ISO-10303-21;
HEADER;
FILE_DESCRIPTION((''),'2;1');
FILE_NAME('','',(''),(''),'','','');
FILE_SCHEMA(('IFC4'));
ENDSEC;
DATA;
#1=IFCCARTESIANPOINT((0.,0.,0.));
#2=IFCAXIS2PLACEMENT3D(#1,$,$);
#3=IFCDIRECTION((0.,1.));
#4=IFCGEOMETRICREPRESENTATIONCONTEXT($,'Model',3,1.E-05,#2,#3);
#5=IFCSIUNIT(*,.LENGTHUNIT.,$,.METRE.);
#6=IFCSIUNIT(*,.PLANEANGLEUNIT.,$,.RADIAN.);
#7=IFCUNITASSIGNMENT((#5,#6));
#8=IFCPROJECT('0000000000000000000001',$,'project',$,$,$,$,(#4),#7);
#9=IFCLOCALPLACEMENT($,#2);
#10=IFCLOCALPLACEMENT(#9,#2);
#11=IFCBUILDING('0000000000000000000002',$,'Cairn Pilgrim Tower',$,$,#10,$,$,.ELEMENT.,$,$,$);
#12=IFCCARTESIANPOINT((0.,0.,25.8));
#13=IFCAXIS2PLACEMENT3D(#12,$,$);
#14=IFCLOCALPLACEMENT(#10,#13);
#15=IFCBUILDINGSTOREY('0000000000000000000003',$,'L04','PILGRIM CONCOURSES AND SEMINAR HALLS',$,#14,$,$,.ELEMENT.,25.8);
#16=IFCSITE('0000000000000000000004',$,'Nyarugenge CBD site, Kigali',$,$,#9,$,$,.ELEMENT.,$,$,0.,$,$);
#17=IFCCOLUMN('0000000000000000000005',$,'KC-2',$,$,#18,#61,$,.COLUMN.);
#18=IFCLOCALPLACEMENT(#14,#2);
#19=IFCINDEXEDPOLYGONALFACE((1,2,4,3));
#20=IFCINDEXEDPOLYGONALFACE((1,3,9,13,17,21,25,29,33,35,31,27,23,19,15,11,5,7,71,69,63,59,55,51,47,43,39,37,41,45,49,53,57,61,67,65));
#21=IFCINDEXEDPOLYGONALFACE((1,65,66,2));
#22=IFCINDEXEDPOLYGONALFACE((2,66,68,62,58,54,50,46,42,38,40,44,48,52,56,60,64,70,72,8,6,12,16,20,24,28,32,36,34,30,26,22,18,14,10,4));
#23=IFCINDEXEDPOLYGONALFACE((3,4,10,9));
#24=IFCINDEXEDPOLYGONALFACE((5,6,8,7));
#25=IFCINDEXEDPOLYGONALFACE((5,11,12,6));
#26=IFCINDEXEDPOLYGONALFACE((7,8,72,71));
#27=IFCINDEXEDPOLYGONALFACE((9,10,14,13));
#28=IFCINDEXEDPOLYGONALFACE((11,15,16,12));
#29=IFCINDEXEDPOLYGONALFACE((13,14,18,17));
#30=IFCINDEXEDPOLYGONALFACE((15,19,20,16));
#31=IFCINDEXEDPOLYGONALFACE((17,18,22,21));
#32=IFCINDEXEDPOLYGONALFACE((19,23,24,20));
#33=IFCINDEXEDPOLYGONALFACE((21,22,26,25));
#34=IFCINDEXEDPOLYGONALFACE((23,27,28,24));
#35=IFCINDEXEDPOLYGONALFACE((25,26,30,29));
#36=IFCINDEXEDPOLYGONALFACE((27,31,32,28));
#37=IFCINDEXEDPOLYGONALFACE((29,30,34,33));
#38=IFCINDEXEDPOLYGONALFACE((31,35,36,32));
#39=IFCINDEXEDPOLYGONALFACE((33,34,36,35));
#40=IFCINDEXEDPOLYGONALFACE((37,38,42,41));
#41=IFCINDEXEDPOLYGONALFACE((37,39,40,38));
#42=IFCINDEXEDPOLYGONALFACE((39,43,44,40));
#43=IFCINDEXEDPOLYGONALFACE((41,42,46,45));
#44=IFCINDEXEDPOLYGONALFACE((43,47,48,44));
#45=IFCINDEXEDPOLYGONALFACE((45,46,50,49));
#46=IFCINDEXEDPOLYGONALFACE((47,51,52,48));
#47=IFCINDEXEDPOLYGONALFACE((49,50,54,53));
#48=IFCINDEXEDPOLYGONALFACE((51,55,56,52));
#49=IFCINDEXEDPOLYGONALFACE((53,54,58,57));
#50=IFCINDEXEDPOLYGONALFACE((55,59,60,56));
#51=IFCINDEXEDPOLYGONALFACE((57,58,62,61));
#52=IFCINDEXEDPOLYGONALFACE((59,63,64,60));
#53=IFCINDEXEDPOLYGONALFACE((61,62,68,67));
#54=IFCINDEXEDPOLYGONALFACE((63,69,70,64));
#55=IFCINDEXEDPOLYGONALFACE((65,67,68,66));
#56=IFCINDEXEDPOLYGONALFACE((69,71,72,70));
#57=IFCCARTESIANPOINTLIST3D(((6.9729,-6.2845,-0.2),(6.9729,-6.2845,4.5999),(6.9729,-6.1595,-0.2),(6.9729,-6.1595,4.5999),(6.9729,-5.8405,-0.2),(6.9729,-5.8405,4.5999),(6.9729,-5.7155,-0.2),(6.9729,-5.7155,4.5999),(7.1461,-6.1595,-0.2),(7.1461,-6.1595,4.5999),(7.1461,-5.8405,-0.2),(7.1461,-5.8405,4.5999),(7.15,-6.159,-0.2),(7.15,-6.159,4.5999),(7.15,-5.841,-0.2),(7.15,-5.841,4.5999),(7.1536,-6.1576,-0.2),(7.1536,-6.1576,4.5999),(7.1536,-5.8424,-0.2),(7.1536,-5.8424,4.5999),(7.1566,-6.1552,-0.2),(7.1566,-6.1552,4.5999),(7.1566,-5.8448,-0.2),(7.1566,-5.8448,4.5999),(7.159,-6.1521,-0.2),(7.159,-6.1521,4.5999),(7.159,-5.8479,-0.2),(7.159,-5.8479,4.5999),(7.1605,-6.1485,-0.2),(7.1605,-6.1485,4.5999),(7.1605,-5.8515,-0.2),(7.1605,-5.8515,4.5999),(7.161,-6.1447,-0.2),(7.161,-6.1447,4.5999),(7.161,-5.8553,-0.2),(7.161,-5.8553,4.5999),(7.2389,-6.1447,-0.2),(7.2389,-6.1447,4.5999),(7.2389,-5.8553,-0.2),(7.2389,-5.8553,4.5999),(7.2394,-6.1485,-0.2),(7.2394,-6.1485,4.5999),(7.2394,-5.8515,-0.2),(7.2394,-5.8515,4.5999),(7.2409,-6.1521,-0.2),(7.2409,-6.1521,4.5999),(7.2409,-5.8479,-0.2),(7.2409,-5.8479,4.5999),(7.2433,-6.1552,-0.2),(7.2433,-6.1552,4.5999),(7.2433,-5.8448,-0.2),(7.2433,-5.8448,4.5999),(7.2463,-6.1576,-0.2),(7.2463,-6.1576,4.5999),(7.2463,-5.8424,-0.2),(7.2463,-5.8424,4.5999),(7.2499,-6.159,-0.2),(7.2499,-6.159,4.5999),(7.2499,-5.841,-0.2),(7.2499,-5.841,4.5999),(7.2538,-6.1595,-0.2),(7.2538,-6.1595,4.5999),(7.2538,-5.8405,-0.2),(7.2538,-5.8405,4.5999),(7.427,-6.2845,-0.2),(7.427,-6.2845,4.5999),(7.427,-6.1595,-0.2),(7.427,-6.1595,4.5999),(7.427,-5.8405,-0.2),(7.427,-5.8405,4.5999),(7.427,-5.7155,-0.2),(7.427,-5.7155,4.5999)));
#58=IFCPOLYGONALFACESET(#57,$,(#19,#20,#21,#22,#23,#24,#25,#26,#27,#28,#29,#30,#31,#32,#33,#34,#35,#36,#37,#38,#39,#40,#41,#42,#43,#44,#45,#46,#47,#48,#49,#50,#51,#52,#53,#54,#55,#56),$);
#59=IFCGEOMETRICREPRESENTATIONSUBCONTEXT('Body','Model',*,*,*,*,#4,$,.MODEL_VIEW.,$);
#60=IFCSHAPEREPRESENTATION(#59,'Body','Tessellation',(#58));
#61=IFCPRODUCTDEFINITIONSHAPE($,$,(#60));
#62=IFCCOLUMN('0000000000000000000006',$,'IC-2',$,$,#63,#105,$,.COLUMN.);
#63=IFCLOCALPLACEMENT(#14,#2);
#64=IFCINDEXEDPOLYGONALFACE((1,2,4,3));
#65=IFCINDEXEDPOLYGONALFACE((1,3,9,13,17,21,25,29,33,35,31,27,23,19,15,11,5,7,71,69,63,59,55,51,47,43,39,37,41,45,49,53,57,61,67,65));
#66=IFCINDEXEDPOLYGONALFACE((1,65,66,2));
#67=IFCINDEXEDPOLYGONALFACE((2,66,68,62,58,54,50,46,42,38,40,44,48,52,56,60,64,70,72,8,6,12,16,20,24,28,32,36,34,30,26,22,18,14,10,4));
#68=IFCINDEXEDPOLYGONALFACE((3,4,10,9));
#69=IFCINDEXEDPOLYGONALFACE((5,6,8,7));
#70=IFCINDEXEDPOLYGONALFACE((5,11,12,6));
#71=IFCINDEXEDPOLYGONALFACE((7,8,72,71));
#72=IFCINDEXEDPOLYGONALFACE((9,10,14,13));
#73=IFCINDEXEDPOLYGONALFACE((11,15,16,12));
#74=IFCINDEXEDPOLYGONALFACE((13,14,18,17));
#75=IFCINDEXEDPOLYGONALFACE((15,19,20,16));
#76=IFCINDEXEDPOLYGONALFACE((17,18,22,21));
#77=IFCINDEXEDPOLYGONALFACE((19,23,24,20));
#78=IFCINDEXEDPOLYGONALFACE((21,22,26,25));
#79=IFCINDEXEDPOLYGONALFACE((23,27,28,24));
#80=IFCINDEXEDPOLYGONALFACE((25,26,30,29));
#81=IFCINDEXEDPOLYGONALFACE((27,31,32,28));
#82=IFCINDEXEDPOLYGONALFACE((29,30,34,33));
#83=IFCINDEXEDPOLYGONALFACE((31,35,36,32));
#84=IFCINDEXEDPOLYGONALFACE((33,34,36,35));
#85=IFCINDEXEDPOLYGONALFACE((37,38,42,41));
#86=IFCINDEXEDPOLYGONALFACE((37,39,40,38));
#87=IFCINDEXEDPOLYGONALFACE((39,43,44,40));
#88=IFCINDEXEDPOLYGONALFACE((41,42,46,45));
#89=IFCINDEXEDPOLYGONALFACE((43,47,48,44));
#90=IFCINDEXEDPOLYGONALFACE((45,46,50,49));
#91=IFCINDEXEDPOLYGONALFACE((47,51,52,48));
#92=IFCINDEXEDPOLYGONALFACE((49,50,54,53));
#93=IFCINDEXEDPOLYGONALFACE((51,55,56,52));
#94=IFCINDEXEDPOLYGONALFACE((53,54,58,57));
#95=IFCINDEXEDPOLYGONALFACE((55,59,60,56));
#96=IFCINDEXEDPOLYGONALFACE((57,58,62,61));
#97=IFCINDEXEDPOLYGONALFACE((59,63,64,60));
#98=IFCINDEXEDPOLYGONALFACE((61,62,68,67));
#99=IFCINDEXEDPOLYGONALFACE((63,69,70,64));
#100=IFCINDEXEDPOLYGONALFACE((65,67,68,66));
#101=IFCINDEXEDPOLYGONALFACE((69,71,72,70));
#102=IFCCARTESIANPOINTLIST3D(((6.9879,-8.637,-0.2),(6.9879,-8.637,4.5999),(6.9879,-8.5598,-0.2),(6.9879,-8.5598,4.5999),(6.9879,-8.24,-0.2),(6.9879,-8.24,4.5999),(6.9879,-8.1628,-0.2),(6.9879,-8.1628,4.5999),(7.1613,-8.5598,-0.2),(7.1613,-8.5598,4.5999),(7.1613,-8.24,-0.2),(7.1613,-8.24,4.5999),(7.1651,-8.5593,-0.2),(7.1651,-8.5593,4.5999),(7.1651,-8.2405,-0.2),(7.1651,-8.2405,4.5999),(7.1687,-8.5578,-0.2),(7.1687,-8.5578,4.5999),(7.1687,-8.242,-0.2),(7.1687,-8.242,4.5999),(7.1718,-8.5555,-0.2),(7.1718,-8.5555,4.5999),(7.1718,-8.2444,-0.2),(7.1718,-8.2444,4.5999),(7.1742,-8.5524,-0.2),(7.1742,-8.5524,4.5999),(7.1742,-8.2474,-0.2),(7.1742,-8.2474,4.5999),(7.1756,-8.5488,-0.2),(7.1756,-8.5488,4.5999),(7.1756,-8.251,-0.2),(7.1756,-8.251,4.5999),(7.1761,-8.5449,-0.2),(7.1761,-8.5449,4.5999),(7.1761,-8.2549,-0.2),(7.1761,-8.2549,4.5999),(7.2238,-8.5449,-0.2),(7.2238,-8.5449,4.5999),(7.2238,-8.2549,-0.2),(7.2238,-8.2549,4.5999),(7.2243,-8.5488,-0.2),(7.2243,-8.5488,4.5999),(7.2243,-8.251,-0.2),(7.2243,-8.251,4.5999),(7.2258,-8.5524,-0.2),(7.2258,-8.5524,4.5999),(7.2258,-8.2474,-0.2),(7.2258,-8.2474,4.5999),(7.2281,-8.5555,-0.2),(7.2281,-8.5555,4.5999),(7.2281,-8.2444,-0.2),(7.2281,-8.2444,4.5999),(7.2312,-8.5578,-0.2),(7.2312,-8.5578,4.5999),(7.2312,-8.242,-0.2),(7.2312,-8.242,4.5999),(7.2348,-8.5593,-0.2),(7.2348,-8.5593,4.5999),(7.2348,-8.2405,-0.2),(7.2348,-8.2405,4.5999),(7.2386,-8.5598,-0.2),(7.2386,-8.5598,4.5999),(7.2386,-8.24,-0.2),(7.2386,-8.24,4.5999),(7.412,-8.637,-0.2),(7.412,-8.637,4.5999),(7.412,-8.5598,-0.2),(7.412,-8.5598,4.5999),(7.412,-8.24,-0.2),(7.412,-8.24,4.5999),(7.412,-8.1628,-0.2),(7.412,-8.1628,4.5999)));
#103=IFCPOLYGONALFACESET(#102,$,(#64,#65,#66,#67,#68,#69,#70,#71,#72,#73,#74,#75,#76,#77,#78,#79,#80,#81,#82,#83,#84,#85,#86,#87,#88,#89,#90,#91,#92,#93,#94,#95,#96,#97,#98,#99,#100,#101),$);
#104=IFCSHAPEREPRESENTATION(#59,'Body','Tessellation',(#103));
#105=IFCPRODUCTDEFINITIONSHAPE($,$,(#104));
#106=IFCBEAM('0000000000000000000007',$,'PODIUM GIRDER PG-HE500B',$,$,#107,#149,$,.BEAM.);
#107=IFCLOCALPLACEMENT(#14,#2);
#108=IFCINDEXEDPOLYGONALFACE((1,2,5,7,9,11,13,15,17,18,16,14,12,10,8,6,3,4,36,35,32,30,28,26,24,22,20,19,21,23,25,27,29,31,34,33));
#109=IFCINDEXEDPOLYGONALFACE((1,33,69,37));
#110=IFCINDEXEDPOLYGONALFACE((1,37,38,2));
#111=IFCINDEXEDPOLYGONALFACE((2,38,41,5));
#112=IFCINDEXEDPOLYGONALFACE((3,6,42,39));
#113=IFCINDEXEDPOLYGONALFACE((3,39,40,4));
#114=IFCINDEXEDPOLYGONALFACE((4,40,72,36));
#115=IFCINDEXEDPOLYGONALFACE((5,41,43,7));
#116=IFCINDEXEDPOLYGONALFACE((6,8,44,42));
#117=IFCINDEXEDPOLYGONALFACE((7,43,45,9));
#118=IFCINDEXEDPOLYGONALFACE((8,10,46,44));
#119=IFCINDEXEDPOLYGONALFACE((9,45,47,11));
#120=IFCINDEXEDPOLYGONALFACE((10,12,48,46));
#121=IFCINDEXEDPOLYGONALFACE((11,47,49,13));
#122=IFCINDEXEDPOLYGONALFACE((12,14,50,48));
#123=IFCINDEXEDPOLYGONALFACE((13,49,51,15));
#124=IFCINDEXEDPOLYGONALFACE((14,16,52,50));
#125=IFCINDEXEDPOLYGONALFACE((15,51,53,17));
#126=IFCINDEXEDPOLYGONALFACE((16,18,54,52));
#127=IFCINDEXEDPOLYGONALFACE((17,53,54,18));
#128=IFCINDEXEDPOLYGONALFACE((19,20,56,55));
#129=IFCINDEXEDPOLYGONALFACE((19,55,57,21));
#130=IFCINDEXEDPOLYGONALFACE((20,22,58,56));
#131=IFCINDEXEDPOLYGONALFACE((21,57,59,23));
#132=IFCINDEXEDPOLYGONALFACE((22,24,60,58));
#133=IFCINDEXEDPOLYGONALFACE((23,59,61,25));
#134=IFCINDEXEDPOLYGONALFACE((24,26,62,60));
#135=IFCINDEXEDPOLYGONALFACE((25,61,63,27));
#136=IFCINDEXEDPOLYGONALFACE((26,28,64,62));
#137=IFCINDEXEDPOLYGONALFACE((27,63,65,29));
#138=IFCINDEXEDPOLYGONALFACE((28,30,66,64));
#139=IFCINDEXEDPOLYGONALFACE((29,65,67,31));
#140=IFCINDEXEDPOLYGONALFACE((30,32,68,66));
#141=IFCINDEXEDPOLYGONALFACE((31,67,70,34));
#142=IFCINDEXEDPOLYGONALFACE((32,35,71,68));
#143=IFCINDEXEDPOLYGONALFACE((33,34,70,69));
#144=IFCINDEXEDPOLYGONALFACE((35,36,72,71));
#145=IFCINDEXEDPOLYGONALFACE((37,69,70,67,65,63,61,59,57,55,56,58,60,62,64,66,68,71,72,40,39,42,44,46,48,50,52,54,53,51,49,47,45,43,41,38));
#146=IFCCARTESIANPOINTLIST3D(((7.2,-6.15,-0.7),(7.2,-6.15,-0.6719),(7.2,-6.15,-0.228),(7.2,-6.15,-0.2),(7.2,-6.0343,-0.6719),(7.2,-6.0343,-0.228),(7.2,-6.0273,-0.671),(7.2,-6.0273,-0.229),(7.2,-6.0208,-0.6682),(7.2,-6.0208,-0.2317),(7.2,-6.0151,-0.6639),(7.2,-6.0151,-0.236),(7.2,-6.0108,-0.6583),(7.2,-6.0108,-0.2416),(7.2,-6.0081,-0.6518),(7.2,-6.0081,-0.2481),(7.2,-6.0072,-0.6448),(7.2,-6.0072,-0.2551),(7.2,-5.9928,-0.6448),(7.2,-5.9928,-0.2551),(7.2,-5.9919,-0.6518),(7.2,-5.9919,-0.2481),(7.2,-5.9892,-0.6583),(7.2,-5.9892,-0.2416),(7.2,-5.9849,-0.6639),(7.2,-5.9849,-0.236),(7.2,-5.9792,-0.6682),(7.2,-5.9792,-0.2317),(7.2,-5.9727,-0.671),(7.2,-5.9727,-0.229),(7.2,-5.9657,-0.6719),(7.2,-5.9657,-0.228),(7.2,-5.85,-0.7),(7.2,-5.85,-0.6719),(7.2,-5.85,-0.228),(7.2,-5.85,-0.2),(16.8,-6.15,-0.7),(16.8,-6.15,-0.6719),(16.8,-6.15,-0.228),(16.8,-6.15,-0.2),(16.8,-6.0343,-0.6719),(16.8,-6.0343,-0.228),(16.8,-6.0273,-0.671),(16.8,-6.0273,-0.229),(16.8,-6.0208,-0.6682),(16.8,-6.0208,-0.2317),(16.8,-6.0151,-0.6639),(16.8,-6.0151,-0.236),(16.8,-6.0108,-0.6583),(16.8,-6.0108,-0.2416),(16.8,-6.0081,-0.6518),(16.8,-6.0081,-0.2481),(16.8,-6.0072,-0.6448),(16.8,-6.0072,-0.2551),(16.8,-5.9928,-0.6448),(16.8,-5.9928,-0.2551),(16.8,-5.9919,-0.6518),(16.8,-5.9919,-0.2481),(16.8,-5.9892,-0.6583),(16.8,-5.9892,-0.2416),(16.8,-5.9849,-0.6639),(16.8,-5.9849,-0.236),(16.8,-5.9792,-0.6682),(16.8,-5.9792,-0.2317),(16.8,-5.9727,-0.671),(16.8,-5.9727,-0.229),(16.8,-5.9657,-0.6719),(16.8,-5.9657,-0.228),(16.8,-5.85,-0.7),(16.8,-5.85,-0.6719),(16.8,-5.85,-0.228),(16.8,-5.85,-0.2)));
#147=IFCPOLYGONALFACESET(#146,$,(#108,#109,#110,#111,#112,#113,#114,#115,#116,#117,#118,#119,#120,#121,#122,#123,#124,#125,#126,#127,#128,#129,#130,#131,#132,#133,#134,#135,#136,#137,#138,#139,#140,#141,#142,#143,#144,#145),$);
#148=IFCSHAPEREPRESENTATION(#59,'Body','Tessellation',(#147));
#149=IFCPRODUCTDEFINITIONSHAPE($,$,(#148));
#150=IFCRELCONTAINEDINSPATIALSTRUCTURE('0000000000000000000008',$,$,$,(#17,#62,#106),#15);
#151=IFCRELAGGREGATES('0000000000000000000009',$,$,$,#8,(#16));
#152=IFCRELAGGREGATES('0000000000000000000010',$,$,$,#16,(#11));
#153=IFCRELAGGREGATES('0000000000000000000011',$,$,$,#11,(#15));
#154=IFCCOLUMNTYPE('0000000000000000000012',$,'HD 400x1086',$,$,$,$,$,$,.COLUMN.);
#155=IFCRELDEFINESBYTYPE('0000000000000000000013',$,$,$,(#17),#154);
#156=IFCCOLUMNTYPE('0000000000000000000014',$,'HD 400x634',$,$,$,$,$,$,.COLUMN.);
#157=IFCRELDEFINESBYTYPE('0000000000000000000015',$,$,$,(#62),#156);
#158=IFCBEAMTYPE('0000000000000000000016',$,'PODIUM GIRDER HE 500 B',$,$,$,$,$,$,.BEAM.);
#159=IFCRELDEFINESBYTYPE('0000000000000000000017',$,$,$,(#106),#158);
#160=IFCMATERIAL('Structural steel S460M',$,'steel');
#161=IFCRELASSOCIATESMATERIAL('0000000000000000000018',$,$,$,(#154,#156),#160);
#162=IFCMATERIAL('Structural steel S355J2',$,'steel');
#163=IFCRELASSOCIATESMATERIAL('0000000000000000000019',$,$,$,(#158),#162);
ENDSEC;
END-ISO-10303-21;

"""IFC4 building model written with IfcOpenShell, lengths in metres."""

from ifc_helpers import new_model, si_unit, direction, frame, origin, origin_2d, place, context, subcontext, project, spatial, i_section, extrude, material, material_profile, profile_set, type_object, element, save


model = new_model("IFC4")

# Units and contexts
model_context = context("Model", 3, precision=1e-05, world=origin(), true_north=direction((0.0, 1.0)))
body_context = subcontext(model_context, "Body", "Model", "MODEL_VIEW")
ifc_project = project(units=[si_unit("LENGTHUNIT", "METRE"), si_unit("PLANEANGLEUNIT", "RADIAN")], contexts=[model_context])

# Site, building, storey
site_placement = place(None, origin())
site = spatial("IfcSite", under=ifc_project, at=site_placement, Name="Nyarugenge CBD site, Kigali", CompositionType="ELEMENT", RefElevation=0.0)
building_placement = place(site_placement, origin())
building = spatial("IfcBuilding", under=site, at=building_placement, Name="Cairn Pilgrim Tower", CompositionType="ELEMENT")
storey_placement = place(building_placement, frame((0.0, 0.0, 25.8)))
storey = spatial("IfcBuildingStorey", under=building, at=storey_placement, Name="L04", Description="PILGRIM CONCOURSES AND SEMINAR HALLS", CompositionType="ELEMENT", Elevation=25.8)

# Columns
ifc_material_1 = material(Name="Structural steel S460M", Category="steel")
ifc_material_profile_1 = material_profile(ifc_material_1, i_section(OverallWidth=0.4541, OverallDepth=0.5691, WebThickness=0.0779, FlangeThickness=0.125, FilletRadius=0.0149, at=origin_2d()), Name="HD 400x1086")
ifc_profile_set_1 = profile_set([ifc_material_profile_1], Name="Structural steel S460M")
column_type_1 = type_object("IfcColumnType", Name="HD 400x1086", PredefinedType="COLUMN", material=ifc_profile_set_1)
column_1_placement = place(storey_placement, frame((7.2, -6.0, -0.2), z_axis=(0.0, 0.0, 1.0), x_axis=(1.0, 0.0, 0.0)))
element("IfcColumn", 1, at=column_1_placement, inside=storey, type_object=column_type_1, Name="KC-2", PredefinedType="COLUMN", context=body_context, shape_type="SweptSolid", body=[
    extrude(i_section(OverallWidth=0.4541, OverallDepth=0.5691, WebThickness=0.0779, FlangeThickness=0.125, FilletRadius=0.0149, at=origin_2d()), origin(), (0.0, 0.0, 1.0), 4.7998),
])
ifc_material_profile_2 = material_profile(ifc_material_1, i_section(OverallWidth=0.4241, OverallDepth=0.4741, WebThickness=0.0476, FlangeThickness=0.0771, FilletRadius=0.0149, at=origin_2d()), Name="HD 400x634")
ifc_profile_set_2 = profile_set([ifc_material_profile_2], Name="Structural steel S460M")
column_type_2 = type_object("IfcColumnType", Name="HD 400x634", PredefinedType="COLUMN", material=ifc_profile_set_2)
column_2_placement = place(storey_placement, frame((7.2, -8.3999, -0.2), z_axis=(0.0, 0.0, 1.0), x_axis=(1.0, 0.0, 0.0)))
element("IfcColumn", 2, at=column_2_placement, inside=storey, type_object=column_type_2, Name="IC-2", PredefinedType="COLUMN", context=body_context, shape_type="SweptSolid", body=[
    extrude(i_section(OverallWidth=0.4241, OverallDepth=0.4741, WebThickness=0.0476, FlangeThickness=0.0771, FilletRadius=0.0149, at=origin_2d()), origin(), (0.0, 0.0, 1.0), 4.7998),
])

# Beam
ifc_material_2 = material(Name="Structural steel S355J2", Category="steel")
ifc_material_profile_3 = material_profile(ifc_material_2, i_section(OverallWidth=0.3, OverallDepth=0.5, WebThickness=0.0144, FlangeThickness=0.0281, FilletRadius=0.0271, at=origin_2d()), Name="HEB 500")
ifc_profile_set_3 = profile_set([ifc_material_profile_3], Name="Structural steel S355J2")
beam_type_1 = type_object("IfcBeamType", Name="PODIUM GIRDER HE 500 B", PredefinedType="BEAM", material=ifc_profile_set_3)
beam_1_placement = place(storey_placement, frame((7.2, -6.0, -0.45), z_axis=(1.0, 0.0, 0.0), x_axis=(0.0, 1.0, 0.0)))
element("IfcBeam", 3, at=beam_1_placement, inside=storey, type_object=beam_type_1, Name="PODIUM GIRDER PG-HE500B", PredefinedType="BEAM", context=body_context, shape_type="SweptSolid", body=[
    extrude(i_section(OverallWidth=0.3, OverallDepth=0.5, WebThickness=0.0144, FlangeThickness=0.0281, FilletRadius=0.0271, at=origin_2d()), origin(), (0.0, 0.0, 1.0), 9.6001),
])

save(model, "model.ifc")
